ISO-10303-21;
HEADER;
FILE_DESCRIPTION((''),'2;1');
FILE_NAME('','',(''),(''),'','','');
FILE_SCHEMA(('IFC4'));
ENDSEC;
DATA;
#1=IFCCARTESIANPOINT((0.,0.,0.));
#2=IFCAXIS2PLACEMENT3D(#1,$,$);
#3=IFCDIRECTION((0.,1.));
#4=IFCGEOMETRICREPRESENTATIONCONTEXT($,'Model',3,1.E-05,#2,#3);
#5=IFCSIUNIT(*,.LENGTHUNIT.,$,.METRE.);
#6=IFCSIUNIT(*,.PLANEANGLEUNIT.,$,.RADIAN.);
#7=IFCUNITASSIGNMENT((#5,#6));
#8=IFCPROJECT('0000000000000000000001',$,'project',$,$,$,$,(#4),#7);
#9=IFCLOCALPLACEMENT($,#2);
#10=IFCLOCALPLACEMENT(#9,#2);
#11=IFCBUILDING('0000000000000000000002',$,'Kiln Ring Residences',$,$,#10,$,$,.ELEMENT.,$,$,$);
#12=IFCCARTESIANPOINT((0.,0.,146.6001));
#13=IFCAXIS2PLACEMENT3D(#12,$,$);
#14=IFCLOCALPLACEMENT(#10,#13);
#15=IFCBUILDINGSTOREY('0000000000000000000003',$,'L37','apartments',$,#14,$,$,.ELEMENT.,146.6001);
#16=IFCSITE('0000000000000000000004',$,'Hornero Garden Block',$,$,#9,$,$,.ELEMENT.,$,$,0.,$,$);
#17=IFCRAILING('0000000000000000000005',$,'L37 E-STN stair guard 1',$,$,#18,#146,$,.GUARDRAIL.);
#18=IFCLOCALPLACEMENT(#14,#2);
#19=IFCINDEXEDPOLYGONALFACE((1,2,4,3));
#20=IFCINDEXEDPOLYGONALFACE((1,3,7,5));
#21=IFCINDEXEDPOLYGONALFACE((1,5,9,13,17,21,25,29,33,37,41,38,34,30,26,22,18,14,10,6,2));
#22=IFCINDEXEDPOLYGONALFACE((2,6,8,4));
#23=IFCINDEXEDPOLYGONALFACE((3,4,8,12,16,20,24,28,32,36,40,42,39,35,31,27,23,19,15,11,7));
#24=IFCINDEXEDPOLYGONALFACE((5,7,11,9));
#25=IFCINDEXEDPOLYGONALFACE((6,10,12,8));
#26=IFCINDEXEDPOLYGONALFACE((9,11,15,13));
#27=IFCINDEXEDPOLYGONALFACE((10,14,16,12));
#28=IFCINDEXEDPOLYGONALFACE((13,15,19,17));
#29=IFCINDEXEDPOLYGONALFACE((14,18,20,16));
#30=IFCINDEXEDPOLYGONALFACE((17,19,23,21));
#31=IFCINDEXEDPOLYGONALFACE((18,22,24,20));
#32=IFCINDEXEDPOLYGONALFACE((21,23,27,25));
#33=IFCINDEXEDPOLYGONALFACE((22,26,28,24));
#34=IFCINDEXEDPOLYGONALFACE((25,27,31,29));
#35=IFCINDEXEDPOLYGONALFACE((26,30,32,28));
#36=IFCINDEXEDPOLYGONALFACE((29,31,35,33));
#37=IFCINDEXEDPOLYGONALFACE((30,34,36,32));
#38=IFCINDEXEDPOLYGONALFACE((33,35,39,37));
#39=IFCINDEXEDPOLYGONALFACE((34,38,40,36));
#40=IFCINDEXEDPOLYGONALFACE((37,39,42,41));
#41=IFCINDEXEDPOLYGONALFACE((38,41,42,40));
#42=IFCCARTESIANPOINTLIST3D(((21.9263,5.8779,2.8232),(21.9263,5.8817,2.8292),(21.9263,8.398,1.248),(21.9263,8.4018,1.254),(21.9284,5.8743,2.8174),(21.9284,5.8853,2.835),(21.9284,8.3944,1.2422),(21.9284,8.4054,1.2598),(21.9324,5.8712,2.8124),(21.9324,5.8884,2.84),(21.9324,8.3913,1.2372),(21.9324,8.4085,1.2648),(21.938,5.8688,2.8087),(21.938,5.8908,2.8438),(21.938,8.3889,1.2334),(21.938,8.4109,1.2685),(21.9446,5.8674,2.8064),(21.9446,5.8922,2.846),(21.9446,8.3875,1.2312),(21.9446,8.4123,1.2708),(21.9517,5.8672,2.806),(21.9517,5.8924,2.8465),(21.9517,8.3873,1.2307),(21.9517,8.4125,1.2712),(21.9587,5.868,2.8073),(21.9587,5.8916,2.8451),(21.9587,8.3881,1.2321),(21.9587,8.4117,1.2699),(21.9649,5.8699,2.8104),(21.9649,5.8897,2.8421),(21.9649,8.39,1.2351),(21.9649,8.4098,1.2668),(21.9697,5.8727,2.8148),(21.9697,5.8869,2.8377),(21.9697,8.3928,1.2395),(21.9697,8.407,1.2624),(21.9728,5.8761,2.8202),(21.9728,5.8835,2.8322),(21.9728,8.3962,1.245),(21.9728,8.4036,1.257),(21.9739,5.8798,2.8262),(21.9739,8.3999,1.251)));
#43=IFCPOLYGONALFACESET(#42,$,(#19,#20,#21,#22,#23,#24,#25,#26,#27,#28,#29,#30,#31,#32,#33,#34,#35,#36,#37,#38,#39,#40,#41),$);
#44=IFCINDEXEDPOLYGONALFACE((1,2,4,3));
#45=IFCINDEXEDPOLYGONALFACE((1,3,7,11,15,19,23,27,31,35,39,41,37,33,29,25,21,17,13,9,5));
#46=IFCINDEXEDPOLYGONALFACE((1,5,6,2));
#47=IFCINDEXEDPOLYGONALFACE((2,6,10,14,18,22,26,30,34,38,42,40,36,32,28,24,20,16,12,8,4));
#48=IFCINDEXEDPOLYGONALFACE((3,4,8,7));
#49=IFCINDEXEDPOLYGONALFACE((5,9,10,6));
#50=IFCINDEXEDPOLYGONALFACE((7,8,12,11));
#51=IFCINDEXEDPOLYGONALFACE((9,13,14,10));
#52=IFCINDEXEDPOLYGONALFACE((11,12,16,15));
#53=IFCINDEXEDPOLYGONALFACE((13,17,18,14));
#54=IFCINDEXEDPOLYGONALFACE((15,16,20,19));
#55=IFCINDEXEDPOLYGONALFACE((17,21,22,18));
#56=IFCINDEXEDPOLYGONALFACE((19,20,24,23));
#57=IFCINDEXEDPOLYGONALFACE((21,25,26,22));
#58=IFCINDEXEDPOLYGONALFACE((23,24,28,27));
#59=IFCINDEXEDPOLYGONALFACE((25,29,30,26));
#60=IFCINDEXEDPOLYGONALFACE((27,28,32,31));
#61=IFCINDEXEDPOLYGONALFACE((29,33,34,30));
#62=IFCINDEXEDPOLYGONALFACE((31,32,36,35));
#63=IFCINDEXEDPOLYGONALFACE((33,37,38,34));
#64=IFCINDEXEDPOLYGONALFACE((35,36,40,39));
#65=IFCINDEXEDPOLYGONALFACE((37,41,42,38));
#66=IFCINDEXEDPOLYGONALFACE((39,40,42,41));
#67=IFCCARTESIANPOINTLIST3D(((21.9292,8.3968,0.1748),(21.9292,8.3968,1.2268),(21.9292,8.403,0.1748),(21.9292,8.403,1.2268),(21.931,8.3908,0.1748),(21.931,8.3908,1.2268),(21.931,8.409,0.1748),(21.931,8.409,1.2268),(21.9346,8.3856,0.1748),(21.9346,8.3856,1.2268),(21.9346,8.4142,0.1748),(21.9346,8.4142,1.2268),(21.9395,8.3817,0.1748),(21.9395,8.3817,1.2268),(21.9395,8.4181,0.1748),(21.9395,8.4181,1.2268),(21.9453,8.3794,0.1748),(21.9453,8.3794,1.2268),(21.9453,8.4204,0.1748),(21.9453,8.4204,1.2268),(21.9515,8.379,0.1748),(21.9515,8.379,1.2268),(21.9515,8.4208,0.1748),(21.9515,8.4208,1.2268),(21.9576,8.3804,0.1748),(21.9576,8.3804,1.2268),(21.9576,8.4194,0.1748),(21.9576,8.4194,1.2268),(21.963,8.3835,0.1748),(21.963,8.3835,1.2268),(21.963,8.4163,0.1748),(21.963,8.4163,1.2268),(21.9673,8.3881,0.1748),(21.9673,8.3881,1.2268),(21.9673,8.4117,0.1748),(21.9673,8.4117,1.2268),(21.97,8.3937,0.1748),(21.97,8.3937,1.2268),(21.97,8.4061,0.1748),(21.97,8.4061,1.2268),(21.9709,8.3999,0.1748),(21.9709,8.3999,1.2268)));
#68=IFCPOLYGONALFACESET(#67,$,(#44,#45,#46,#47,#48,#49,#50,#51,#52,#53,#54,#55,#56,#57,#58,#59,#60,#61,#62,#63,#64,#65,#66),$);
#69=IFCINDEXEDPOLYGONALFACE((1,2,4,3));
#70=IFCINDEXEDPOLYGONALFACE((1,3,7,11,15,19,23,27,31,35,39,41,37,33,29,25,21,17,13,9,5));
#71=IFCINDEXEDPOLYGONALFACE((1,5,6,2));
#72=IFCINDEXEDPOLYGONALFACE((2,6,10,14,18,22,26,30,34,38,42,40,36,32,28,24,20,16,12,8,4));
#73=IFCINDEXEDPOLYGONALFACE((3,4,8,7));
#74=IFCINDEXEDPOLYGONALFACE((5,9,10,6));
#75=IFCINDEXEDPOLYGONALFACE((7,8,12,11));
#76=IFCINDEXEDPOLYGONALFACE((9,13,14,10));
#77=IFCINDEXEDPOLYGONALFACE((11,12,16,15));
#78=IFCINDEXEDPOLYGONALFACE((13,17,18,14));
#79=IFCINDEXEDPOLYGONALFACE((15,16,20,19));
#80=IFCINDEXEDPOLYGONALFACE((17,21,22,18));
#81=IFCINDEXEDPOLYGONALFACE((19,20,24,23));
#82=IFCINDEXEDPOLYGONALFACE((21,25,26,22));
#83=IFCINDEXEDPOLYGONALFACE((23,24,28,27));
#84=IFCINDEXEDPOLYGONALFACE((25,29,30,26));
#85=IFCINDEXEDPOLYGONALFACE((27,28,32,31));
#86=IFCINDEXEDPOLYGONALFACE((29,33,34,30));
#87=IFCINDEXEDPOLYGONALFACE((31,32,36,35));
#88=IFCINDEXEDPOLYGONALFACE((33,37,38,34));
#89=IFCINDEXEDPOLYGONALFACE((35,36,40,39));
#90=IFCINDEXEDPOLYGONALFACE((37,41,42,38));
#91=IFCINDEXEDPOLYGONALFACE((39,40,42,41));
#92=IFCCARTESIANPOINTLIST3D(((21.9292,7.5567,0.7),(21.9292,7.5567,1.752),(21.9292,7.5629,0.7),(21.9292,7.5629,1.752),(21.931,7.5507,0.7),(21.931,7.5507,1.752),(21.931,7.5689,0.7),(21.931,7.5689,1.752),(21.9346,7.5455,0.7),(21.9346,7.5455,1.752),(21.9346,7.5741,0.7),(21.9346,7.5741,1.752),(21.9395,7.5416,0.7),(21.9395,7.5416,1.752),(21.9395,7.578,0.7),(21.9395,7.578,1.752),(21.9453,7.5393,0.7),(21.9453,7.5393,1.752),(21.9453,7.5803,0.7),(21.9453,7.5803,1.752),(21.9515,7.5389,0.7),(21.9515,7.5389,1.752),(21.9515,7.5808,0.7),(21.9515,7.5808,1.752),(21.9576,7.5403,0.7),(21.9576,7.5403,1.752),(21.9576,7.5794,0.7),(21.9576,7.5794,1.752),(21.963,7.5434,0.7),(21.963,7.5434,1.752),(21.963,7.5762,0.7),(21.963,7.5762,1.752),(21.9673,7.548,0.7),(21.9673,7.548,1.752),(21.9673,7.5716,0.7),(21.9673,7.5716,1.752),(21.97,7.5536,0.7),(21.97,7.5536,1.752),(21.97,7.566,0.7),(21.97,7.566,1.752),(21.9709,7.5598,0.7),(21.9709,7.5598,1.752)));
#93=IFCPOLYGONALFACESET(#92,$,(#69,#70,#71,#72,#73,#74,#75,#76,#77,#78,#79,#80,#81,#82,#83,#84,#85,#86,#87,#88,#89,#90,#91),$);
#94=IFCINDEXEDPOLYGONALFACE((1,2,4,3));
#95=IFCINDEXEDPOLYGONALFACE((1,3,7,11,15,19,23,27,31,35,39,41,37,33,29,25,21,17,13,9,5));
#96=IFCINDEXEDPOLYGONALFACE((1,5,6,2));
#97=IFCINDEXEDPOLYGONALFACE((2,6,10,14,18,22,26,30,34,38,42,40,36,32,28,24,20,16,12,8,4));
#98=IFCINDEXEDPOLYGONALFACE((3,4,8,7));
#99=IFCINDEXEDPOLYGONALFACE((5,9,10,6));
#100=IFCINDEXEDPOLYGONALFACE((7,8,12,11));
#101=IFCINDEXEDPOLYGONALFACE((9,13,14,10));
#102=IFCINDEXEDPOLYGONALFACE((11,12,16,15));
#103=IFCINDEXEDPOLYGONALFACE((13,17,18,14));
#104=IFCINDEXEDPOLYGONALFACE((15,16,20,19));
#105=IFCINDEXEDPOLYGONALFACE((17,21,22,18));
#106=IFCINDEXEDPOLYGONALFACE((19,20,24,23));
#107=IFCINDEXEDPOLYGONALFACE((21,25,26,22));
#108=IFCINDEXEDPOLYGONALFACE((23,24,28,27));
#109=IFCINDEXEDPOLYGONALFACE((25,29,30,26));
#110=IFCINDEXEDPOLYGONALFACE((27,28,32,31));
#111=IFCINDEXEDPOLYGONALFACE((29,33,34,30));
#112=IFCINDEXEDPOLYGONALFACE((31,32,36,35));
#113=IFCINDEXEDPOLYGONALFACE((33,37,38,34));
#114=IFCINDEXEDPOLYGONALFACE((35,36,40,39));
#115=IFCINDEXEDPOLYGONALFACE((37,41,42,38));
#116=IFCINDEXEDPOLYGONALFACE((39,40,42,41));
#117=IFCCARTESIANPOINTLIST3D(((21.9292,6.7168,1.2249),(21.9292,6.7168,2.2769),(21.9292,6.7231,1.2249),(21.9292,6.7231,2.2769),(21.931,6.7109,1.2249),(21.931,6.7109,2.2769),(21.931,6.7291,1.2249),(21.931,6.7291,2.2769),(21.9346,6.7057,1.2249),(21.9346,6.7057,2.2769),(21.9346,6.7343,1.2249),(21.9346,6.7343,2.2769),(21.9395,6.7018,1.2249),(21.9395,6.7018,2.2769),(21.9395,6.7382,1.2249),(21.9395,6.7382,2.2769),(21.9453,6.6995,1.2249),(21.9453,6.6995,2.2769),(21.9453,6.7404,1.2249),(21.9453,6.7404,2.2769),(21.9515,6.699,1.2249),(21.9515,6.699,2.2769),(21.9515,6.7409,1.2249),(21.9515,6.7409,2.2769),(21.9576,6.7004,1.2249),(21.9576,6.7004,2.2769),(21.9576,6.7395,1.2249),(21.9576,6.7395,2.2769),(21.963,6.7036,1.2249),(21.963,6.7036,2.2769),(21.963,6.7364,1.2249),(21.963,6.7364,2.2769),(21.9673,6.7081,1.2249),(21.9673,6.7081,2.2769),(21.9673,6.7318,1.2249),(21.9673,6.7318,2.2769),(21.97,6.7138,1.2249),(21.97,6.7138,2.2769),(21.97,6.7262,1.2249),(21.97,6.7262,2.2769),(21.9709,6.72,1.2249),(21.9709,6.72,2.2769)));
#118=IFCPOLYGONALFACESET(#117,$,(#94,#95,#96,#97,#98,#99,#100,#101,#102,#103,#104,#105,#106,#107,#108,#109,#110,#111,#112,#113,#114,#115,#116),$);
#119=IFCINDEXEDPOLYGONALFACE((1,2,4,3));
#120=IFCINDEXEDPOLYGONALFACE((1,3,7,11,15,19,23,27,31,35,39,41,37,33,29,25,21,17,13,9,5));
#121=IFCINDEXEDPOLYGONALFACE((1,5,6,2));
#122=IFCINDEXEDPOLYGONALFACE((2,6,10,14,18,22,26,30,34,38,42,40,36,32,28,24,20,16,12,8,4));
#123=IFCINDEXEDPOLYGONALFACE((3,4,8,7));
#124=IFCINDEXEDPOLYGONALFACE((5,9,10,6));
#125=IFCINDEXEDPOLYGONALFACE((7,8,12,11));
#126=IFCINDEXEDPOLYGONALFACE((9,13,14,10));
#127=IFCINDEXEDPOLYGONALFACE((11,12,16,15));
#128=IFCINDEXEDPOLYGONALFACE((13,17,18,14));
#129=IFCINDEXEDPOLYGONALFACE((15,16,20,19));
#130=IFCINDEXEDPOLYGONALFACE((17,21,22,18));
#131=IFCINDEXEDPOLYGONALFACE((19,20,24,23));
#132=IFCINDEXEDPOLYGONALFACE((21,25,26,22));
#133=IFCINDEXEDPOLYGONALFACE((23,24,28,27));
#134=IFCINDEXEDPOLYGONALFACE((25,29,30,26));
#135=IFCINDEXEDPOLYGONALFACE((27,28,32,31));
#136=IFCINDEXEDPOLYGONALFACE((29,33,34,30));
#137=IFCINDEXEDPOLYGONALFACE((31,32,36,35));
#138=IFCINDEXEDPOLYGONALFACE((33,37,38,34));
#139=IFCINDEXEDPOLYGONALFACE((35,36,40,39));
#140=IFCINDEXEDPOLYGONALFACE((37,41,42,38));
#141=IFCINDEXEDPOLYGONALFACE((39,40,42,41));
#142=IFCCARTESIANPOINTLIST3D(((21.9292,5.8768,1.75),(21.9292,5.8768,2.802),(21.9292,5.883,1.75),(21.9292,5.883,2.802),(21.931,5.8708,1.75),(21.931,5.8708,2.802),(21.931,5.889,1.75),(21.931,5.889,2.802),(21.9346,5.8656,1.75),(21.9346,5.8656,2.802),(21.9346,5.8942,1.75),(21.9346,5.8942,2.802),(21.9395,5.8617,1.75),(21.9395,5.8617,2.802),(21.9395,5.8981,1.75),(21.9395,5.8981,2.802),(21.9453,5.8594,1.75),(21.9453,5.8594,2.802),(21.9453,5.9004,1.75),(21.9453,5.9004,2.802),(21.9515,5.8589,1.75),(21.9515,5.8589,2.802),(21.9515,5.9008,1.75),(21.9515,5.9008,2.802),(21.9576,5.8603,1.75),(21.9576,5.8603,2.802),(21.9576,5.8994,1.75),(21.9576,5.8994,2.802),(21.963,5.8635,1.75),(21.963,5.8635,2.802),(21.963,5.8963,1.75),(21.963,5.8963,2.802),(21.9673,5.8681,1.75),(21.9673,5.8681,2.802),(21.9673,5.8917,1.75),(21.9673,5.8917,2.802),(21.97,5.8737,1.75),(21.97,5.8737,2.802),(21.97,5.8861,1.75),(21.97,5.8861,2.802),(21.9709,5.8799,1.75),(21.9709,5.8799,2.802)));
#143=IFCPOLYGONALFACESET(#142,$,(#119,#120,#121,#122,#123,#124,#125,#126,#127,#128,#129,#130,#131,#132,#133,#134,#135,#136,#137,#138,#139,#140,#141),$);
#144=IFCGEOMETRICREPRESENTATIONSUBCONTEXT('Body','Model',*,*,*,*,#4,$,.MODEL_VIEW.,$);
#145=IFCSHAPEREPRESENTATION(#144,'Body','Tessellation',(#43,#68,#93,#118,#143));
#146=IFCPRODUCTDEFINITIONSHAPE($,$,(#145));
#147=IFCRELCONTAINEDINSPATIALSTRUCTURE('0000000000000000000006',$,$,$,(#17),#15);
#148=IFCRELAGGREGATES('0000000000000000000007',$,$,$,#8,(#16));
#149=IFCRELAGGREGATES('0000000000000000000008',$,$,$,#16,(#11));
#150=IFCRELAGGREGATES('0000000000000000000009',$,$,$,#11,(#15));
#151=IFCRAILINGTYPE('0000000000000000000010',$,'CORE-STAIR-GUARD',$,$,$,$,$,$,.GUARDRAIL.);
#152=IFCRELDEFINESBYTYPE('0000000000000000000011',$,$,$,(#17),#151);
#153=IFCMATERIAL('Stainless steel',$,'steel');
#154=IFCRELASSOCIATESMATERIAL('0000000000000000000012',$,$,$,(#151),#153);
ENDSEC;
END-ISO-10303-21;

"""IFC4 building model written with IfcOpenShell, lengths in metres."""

from ifc_helpers import new_model, si_unit, direction, frame, origin, origin_2d, place, context, subcontext, project, spatial, circle, extrude, material, type_object, element, save


model = new_model("IFC4")

# Units and contexts
model_context = context("Model", 3, precision=1e-05, world=origin(), true_north=direction((0.0, 1.0)))
body_context = subcontext(model_context, "Body", "Model", "MODEL_VIEW")
ifc_project = project(units=[si_unit("LENGTHUNIT", "METRE"), si_unit("PLANEANGLEUNIT", "RADIAN")], contexts=[model_context])

# Site, building, storey
site_placement = place(None, origin())
site = spatial("IfcSite", under=ifc_project, at=site_placement, Name="Hornero Garden Block", CompositionType="ELEMENT", RefElevation=0.0)
building_placement = place(site_placement, origin())
building = spatial("IfcBuilding", under=site, at=building_placement, Name="Kiln Ring Residences", CompositionType="ELEMENT")
storey_placement = place(building_placement, frame((0.0, 0.0, 146.6001)))
storey = spatial("IfcBuildingStorey", under=building, at=storey_placement, Name="L37", Description="apartments", CompositionType="ELEMENT", Elevation=146.6001)

# Railing
ifc_material_1 = material(Name="Stainless steel", Category="steel")
railing_type = type_object("IfcRailingType", Name="CORE-STAIR-GUARD", PredefinedType="GUARDRAIL", material=ifc_material_1)
railing_1_placement = place(storey_placement, frame((21.95, 8.3999, 0.1748)))
element("IfcRailing", 1, at=railing_1_placement, inside=storey, type_object=railing_type, Name="L37 E-STN stair guard 1", PredefinedType="GUARDRAIL", context=body_context, shape_type="SweptSolid", body=[
    extrude(circle(Radius=0.0239, at=origin_2d()), frame((0.0, 0.0, 1.0762), z_axis=(0.0, -0.847971, 0.530043), x_axis=(1.0, 0.0, 0.0)), (0.0, 0.0, 1.0), 2.9719),
    extrude(circle(Radius=0.021, at=origin_2d()), origin(), (0.0, 0.0, 1.0), 1.052),
    extrude(circle(Radius=0.021, at=origin_2d()), frame((0.0, -0.8401, 0.5251)), (0.0, 0.0, 1.0), 1.052),
    extrude(circle(Radius=0.021, at=origin_2d()), frame((0.0, -1.6799, 1.05)), (0.0, 0.0, 1.0), 1.052),
    extrude(circle(Radius=0.021, at=origin_2d()), frame((0.0, -2.52, 1.5752)), (0.0, 0.0, 1.0), 1.052),
])

save(model, "model.ifc")
